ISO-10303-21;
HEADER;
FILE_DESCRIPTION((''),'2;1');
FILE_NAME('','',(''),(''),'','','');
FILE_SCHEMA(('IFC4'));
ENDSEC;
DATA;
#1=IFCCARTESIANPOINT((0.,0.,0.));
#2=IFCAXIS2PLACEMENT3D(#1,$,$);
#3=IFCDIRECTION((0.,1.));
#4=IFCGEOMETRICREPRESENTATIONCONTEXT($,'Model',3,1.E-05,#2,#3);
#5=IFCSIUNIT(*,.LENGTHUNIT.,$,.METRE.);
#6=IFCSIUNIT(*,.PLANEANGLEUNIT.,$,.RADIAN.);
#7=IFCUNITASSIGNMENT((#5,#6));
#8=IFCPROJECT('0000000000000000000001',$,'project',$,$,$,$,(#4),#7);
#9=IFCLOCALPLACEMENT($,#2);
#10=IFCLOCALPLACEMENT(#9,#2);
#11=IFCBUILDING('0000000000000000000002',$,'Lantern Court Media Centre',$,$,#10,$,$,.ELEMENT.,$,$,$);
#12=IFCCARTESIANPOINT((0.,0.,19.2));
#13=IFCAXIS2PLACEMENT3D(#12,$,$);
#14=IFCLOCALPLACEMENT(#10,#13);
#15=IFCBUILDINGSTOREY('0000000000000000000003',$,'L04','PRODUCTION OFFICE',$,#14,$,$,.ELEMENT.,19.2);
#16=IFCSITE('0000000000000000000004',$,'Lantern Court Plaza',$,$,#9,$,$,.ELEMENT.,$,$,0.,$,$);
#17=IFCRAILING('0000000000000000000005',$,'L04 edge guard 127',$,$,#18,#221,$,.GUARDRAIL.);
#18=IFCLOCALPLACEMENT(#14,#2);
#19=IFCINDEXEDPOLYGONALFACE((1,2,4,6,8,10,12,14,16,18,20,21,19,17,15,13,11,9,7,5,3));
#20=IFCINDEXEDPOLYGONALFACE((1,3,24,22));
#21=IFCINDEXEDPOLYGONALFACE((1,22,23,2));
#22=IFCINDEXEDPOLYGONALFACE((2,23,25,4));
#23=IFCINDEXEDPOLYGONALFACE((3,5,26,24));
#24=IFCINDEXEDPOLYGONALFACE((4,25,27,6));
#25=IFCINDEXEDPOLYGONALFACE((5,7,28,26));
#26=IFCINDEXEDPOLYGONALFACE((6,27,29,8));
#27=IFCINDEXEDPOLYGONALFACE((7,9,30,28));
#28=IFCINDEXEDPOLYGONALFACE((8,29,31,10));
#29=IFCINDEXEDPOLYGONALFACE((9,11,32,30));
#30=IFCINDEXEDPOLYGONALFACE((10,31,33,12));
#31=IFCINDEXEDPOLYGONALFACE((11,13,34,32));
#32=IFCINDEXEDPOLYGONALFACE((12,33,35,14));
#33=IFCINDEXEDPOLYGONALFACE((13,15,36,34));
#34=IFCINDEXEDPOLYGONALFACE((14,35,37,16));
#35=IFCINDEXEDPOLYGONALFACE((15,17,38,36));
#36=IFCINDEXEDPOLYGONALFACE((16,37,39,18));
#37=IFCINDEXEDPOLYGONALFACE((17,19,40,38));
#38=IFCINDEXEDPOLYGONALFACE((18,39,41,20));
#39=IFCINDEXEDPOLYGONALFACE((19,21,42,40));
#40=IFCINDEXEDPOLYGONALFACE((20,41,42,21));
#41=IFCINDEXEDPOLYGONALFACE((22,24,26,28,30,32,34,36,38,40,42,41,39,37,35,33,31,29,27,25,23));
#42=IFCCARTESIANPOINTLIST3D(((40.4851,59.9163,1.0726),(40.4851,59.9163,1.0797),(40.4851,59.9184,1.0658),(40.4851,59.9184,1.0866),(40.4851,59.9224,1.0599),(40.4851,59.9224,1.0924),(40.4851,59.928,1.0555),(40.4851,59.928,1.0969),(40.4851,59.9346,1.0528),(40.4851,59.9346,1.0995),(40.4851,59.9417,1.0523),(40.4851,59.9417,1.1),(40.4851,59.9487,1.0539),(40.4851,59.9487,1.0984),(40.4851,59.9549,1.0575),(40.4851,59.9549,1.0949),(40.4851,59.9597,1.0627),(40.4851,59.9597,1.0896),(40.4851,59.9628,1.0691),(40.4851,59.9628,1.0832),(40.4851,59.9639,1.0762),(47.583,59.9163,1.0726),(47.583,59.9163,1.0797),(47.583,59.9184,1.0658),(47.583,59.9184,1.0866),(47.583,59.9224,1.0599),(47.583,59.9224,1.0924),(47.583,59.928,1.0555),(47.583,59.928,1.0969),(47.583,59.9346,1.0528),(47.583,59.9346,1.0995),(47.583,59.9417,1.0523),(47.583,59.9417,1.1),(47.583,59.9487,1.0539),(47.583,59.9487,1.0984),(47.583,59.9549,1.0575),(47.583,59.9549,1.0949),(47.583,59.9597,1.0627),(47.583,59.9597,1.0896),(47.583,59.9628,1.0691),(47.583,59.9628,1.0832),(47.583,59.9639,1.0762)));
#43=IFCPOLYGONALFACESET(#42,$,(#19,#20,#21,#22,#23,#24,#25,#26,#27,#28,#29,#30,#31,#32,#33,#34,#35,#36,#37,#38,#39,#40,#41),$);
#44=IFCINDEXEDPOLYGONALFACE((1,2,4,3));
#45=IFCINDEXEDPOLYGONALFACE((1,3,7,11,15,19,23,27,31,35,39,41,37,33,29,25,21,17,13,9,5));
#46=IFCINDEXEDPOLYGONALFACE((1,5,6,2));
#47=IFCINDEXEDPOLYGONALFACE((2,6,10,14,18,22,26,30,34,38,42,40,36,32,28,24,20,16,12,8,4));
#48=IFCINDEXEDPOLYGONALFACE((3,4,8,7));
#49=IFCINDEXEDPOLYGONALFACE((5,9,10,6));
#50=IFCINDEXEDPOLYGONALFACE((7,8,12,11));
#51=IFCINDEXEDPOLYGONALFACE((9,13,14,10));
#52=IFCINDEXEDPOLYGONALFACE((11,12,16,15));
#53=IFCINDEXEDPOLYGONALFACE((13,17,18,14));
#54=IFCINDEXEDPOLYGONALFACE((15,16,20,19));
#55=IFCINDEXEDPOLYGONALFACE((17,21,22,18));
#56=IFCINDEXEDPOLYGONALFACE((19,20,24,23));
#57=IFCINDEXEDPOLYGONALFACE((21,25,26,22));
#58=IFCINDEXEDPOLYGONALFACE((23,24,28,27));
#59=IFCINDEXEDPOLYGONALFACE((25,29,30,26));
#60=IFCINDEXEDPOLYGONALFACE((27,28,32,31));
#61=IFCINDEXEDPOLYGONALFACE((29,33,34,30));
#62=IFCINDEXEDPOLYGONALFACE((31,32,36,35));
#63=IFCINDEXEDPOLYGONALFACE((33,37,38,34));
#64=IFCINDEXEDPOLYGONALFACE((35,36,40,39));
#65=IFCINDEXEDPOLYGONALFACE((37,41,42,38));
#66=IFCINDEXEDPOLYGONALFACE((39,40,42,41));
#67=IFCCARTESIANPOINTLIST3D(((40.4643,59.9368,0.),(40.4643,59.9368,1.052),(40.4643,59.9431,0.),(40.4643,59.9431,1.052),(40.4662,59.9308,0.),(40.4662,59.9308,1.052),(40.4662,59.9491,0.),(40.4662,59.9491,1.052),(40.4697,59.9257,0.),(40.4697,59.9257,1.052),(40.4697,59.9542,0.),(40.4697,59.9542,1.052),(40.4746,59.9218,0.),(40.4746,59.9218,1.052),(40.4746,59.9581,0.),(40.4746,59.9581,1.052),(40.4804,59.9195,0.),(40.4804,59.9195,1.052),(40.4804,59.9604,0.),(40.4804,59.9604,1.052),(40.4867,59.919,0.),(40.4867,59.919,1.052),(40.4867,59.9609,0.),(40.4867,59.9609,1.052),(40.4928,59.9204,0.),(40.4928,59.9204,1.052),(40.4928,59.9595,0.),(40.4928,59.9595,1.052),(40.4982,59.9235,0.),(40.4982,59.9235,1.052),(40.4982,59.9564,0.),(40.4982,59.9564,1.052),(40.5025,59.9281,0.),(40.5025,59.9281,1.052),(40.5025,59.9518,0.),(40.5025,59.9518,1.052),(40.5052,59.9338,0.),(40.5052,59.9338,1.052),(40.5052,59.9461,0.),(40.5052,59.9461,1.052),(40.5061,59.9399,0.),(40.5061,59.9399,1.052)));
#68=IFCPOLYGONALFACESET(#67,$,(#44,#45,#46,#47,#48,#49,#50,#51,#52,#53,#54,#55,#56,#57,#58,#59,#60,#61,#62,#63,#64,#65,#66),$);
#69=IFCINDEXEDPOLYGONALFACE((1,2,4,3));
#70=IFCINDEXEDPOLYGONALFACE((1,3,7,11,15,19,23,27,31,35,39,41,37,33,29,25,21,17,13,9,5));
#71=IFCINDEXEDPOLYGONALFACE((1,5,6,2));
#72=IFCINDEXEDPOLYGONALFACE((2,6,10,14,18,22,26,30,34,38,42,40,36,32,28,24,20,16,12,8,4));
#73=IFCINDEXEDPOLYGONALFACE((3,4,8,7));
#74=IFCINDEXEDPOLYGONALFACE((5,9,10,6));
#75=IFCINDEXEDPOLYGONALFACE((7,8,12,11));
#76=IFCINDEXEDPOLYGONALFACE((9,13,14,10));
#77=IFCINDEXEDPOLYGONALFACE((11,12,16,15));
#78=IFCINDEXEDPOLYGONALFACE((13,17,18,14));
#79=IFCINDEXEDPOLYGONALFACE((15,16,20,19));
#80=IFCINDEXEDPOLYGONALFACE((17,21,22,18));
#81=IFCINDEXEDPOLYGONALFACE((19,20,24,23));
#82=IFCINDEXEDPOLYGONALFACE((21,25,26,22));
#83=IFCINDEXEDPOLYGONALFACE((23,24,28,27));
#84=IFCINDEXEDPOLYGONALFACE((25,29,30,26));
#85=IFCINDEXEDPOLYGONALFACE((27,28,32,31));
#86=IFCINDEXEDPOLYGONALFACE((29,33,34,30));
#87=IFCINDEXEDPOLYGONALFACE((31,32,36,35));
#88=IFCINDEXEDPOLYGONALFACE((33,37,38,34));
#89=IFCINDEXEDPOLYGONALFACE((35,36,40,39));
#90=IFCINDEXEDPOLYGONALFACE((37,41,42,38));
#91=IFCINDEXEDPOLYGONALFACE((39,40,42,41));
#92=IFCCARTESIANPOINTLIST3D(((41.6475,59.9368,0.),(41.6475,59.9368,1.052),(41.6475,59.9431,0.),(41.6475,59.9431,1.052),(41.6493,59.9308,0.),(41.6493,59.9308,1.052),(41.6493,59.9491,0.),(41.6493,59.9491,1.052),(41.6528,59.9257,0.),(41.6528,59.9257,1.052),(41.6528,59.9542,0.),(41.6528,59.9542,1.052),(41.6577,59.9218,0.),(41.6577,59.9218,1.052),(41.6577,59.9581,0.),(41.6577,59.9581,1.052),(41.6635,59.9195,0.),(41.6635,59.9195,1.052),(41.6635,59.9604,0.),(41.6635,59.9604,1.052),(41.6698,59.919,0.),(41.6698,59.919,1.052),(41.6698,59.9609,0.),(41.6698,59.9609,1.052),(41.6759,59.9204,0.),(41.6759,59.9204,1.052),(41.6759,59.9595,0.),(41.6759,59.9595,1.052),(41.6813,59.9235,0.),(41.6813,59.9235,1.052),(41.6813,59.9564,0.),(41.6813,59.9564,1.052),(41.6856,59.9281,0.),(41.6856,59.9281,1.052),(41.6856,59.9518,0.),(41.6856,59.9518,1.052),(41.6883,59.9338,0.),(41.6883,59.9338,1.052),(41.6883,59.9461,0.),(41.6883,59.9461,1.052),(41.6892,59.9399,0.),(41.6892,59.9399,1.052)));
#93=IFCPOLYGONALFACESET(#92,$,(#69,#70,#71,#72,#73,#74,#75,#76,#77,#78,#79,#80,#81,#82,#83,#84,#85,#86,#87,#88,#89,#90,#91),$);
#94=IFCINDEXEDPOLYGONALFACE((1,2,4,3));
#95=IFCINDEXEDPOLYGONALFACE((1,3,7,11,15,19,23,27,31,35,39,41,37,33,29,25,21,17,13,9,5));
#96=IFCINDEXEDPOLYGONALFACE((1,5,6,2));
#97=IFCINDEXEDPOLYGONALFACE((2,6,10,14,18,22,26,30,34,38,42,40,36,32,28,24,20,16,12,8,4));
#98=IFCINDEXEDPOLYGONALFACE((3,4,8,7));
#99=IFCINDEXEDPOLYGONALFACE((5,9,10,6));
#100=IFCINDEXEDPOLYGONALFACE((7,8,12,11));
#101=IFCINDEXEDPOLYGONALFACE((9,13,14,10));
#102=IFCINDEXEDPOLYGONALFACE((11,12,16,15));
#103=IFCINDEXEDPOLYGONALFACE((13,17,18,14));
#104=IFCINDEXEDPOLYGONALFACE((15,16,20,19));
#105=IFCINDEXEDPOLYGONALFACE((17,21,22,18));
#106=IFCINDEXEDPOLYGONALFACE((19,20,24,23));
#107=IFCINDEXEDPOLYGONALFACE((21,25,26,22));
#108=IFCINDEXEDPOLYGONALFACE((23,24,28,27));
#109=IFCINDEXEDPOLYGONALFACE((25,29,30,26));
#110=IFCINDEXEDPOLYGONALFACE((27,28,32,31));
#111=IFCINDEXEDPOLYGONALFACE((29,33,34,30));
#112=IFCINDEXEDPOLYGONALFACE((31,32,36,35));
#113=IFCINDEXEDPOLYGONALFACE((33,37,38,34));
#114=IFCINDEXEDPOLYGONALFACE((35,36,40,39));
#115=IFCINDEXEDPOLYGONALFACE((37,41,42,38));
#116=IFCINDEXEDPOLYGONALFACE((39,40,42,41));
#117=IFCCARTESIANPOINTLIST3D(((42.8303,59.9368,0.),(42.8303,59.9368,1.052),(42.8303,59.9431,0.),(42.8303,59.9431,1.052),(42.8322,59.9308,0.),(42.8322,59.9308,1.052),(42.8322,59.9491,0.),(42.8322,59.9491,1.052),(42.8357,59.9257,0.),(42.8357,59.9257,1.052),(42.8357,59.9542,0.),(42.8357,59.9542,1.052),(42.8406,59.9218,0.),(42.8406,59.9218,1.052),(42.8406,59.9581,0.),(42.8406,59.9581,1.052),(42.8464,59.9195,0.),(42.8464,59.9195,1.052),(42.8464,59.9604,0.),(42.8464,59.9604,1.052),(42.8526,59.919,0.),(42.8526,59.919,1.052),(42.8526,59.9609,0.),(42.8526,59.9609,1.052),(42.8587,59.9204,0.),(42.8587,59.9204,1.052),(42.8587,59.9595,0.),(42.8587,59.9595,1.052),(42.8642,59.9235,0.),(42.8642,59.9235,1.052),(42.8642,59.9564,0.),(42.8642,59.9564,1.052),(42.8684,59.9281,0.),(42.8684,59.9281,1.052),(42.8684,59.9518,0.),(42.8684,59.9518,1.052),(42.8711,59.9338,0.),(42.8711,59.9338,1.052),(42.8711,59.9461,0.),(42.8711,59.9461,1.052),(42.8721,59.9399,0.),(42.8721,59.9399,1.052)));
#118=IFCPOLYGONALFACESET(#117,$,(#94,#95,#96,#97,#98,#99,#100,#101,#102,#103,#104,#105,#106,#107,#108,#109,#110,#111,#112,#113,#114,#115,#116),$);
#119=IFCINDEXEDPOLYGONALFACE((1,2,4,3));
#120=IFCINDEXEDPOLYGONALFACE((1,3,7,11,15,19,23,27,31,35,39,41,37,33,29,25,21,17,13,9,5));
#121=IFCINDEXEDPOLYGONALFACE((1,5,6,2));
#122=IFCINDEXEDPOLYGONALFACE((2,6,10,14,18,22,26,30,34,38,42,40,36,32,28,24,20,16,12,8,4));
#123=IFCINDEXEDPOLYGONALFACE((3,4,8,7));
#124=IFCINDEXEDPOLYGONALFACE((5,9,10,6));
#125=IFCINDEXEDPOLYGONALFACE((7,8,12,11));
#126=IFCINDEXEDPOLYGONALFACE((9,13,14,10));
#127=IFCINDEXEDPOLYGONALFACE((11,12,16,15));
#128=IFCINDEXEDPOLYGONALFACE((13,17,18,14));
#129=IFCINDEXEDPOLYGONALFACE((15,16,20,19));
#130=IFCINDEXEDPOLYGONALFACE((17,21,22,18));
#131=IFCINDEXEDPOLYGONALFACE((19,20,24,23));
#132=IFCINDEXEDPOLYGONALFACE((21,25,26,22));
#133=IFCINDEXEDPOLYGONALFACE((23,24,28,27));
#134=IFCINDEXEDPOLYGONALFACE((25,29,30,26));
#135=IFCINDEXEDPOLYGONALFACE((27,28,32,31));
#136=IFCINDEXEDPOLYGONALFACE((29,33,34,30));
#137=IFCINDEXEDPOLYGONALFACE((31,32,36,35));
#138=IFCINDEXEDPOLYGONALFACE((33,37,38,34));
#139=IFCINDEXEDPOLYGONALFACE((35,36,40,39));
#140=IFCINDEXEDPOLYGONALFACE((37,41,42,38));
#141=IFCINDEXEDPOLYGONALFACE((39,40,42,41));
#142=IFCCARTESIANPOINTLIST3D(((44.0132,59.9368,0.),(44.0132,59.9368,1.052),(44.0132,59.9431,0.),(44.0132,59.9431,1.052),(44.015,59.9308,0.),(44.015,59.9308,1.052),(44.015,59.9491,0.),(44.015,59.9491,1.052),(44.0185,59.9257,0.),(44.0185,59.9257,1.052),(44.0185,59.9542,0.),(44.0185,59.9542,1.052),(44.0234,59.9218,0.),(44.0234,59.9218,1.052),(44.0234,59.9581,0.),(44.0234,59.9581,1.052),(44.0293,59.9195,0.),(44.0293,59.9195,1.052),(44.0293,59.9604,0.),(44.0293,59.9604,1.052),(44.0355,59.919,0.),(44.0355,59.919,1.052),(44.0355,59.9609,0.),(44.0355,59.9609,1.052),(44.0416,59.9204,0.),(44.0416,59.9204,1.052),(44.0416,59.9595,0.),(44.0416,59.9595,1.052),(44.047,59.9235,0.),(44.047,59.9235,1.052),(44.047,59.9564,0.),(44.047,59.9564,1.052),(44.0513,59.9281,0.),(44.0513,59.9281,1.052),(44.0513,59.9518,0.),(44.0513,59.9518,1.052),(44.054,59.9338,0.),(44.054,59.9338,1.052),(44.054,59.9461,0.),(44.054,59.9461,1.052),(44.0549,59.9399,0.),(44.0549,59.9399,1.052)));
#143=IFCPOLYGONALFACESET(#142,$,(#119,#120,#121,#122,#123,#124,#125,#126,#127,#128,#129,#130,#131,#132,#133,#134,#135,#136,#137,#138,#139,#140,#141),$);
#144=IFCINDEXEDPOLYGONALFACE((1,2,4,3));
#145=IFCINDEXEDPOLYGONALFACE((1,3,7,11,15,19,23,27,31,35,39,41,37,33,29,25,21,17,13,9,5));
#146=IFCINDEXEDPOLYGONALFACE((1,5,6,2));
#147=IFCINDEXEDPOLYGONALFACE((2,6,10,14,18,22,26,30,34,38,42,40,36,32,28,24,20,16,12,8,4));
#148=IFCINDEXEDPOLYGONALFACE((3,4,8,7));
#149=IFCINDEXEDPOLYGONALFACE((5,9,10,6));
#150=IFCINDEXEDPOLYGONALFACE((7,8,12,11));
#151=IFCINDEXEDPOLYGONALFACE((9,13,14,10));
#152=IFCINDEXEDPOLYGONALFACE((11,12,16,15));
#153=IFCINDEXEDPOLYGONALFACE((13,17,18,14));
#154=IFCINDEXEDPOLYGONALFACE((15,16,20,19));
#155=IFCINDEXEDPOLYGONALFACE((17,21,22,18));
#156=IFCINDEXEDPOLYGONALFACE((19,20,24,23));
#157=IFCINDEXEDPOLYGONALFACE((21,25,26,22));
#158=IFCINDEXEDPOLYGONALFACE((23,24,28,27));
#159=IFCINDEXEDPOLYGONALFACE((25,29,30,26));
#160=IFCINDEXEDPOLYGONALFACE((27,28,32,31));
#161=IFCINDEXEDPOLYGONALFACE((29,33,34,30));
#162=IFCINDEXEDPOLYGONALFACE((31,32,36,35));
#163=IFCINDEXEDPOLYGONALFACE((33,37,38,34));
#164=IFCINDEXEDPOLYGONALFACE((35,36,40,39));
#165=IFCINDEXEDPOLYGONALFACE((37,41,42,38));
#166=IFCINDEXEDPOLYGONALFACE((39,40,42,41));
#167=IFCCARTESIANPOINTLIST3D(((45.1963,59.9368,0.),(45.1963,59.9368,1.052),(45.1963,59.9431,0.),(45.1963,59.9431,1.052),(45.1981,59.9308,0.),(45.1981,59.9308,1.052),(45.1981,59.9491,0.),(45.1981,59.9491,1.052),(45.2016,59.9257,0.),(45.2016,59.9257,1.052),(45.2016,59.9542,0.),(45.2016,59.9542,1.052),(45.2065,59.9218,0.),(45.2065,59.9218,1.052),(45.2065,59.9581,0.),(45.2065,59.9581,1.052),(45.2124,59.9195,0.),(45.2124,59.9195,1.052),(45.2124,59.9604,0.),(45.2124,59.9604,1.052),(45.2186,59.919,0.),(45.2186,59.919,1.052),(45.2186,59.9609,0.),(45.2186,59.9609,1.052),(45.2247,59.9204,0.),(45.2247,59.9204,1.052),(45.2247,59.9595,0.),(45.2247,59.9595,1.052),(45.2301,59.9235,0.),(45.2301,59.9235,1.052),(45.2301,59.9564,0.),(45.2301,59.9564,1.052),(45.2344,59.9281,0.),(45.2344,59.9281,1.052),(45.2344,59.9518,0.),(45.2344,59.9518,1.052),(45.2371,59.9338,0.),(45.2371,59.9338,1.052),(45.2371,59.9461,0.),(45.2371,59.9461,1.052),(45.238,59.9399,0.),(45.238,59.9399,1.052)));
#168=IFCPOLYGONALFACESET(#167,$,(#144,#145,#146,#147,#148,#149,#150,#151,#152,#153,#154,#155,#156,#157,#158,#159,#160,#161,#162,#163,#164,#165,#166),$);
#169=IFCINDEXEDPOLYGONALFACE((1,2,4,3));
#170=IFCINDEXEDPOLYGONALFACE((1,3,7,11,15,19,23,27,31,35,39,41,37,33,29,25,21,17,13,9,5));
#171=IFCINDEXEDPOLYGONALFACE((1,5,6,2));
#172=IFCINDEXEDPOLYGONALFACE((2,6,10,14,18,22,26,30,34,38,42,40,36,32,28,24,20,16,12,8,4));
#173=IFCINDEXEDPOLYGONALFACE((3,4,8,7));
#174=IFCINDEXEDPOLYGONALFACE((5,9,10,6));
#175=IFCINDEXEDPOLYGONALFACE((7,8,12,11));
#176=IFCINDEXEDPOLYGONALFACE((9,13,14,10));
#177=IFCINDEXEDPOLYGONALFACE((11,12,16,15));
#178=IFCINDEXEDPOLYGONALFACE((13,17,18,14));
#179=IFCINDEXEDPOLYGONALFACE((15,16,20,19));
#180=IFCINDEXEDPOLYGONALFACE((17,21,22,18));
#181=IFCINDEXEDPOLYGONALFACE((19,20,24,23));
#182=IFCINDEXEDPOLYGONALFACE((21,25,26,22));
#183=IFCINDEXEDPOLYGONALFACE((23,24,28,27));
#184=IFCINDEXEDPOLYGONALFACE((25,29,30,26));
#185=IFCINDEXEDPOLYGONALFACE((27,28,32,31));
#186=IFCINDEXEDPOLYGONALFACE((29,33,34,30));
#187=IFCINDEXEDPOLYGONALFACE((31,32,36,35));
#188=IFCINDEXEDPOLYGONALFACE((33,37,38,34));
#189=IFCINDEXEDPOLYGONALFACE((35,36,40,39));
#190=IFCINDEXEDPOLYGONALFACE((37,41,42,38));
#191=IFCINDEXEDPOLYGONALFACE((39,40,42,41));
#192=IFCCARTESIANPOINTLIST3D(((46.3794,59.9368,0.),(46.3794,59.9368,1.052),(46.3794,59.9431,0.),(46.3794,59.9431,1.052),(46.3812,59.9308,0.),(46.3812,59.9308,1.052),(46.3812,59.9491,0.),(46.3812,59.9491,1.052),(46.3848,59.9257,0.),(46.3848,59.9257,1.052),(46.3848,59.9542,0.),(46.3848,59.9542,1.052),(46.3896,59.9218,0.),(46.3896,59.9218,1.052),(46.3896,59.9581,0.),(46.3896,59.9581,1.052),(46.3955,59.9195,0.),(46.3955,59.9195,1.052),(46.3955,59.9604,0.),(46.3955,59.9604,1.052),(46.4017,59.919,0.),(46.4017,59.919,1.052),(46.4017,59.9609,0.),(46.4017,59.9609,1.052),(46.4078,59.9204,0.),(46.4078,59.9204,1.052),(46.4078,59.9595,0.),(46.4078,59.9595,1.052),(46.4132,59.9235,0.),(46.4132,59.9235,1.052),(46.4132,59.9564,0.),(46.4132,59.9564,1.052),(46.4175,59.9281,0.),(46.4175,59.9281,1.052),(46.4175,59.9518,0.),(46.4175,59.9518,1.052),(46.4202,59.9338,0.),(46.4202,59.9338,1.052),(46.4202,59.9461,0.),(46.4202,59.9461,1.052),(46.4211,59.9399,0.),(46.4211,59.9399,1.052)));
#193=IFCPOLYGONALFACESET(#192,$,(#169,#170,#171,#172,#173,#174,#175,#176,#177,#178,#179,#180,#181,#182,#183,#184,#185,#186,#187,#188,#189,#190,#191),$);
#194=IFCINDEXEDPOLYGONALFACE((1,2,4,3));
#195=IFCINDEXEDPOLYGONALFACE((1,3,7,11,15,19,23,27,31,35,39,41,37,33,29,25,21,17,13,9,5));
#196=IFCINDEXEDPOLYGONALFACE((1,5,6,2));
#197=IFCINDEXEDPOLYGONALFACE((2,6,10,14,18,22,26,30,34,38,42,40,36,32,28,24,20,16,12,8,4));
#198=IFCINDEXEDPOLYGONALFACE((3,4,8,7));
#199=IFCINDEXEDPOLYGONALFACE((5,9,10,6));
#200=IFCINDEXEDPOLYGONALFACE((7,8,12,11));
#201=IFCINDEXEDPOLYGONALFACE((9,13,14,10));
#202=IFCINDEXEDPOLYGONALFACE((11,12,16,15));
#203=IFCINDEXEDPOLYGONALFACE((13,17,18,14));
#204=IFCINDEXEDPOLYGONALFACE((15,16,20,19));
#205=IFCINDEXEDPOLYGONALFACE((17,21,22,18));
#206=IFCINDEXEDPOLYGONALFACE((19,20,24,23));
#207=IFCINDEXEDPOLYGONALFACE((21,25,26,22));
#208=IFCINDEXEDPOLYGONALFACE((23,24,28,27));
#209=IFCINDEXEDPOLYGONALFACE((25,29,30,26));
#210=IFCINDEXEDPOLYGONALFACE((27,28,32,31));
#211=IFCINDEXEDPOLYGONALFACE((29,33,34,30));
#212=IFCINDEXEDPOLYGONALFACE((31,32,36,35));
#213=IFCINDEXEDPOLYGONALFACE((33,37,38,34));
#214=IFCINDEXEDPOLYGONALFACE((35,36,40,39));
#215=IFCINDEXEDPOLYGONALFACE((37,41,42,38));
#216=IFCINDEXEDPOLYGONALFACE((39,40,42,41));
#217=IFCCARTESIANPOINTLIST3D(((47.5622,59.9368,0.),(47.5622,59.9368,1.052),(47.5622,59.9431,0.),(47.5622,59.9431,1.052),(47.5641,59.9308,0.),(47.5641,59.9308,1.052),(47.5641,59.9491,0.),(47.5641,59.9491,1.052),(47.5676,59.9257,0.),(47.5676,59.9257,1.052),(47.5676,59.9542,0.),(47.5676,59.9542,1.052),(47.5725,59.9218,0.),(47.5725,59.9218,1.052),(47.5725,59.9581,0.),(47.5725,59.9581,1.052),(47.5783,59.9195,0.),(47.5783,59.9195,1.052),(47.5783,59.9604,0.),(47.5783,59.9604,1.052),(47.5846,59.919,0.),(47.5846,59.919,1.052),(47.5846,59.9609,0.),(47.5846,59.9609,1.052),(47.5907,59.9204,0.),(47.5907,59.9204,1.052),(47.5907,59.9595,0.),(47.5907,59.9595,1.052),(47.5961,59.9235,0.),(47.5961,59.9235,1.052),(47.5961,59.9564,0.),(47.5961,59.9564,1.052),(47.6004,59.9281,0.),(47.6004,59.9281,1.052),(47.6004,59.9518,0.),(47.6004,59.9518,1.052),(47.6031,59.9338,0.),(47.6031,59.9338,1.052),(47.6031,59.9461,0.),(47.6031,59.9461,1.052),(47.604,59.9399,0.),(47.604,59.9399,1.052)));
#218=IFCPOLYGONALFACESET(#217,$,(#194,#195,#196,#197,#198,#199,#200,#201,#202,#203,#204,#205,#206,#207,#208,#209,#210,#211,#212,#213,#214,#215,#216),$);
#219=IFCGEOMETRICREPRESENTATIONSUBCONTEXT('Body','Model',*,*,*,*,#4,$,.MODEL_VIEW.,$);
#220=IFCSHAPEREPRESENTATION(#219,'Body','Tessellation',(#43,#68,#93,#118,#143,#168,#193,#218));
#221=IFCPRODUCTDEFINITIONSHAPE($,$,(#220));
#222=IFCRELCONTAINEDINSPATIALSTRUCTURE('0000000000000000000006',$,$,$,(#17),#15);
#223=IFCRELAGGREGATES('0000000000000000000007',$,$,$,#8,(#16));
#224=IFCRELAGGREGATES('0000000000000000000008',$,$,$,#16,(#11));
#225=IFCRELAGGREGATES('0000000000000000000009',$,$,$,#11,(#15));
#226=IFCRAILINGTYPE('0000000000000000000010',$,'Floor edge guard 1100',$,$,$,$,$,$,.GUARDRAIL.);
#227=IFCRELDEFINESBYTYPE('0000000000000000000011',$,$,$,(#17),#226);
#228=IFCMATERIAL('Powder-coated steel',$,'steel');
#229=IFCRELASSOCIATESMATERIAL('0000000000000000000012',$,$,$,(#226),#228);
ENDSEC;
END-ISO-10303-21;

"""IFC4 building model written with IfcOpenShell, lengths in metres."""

from ifc_helpers import new_model, si_unit, direction, frame, origin, origin_2d, place, context, subcontext, project, spatial, circle, extrude, material, type_object, element, save


model = new_model("IFC4")

# Units and contexts
model_context = context("Model", 3, precision=1e-05, world=origin(), true_north=direction((0.0, 1.0)))
body_context = subcontext(model_context, "Body", "Model", "MODEL_VIEW")
ifc_project = project(units=[si_unit("LENGTHUNIT", "METRE"), si_unit("PLANEANGLEUNIT", "RADIAN")], contexts=[model_context])

# Site, building, storey
site_placement = place(None, origin())
site = spatial("IfcSite", under=ifc_project, at=site_placement, Name="Lantern Court Plaza", CompositionType="ELEMENT", RefElevation=0.0)
building_placement = place(site_placement, origin())
building = spatial("IfcBuilding", under=site, at=building_placement, Name="Lantern Court Media Centre", CompositionType="ELEMENT")
storey_placement = place(building_placement, frame((0.0, 0.0, 19.2)))
storey = spatial("IfcBuildingStorey", under=building, at=storey_placement, Name="L04", Description="PRODUCTION OFFICE", CompositionType="ELEMENT", Elevation=19.2)

# Railing
ifc_material_1 = material(Name="Powder-coated steel", Category="steel")
railing_type = type_object("IfcRailingType", Name="Floor edge guard 1100", PredefinedType="GUARDRAIL", material=ifc_material_1)
railing_1_placement = place(storey_placement, frame((40.4851, 59.9399, 0.0)))
element("IfcRailing", 1, at=railing_1_placement, inside=storey, type_object=railing_type, Name="L04 edge guard 127", PredefinedType="GUARDRAIL", context=body_context, shape_type="SweptSolid", body=[
    extrude(circle(Radius=0.0239, at=origin_2d()), frame((0.0, 0.0, 1.0762), z_axis=(1.0, 0.0, 0.0), x_axis=(0.0, 1.0, 0.0)), (0.0, 0.0, 1.0), 7.0979),
    extrude(circle(Radius=0.021, at=origin_2d()), origin(), (0.0, 0.0, 1.0), 1.052),
    extrude(circle(Radius=0.021, at=origin_2d()), frame((1.1831, 0.0, 0.0)), (0.0, 0.0, 1.0), 1.052),
    extrude(circle(Radius=0.021, at=origin_2d()), frame((2.366, 0.0, 0.0)), (0.0, 0.0, 1.0), 1.052),
    extrude(circle(Radius=0.021, at=origin_2d()), frame((3.5488, 0.0, 0.0)), (0.0, 0.0, 1.0), 1.052),
    extrude(circle(Radius=0.021, at=origin_2d()), frame((4.7319, 0.0, 0.0)), (0.0, 0.0, 1.0), 1.052),
    extrude(circle(Radius=0.021, at=origin_2d()), frame((5.915, 0.0, 0.0)), (0.0, 0.0, 1.0), 1.052),
    extrude(circle(Radius=0.021, at=origin_2d()), frame((7.0979, 0.0, 0.0)), (0.0, 0.0, 1.0), 1.052),
])

save(model, "model.ifc")
